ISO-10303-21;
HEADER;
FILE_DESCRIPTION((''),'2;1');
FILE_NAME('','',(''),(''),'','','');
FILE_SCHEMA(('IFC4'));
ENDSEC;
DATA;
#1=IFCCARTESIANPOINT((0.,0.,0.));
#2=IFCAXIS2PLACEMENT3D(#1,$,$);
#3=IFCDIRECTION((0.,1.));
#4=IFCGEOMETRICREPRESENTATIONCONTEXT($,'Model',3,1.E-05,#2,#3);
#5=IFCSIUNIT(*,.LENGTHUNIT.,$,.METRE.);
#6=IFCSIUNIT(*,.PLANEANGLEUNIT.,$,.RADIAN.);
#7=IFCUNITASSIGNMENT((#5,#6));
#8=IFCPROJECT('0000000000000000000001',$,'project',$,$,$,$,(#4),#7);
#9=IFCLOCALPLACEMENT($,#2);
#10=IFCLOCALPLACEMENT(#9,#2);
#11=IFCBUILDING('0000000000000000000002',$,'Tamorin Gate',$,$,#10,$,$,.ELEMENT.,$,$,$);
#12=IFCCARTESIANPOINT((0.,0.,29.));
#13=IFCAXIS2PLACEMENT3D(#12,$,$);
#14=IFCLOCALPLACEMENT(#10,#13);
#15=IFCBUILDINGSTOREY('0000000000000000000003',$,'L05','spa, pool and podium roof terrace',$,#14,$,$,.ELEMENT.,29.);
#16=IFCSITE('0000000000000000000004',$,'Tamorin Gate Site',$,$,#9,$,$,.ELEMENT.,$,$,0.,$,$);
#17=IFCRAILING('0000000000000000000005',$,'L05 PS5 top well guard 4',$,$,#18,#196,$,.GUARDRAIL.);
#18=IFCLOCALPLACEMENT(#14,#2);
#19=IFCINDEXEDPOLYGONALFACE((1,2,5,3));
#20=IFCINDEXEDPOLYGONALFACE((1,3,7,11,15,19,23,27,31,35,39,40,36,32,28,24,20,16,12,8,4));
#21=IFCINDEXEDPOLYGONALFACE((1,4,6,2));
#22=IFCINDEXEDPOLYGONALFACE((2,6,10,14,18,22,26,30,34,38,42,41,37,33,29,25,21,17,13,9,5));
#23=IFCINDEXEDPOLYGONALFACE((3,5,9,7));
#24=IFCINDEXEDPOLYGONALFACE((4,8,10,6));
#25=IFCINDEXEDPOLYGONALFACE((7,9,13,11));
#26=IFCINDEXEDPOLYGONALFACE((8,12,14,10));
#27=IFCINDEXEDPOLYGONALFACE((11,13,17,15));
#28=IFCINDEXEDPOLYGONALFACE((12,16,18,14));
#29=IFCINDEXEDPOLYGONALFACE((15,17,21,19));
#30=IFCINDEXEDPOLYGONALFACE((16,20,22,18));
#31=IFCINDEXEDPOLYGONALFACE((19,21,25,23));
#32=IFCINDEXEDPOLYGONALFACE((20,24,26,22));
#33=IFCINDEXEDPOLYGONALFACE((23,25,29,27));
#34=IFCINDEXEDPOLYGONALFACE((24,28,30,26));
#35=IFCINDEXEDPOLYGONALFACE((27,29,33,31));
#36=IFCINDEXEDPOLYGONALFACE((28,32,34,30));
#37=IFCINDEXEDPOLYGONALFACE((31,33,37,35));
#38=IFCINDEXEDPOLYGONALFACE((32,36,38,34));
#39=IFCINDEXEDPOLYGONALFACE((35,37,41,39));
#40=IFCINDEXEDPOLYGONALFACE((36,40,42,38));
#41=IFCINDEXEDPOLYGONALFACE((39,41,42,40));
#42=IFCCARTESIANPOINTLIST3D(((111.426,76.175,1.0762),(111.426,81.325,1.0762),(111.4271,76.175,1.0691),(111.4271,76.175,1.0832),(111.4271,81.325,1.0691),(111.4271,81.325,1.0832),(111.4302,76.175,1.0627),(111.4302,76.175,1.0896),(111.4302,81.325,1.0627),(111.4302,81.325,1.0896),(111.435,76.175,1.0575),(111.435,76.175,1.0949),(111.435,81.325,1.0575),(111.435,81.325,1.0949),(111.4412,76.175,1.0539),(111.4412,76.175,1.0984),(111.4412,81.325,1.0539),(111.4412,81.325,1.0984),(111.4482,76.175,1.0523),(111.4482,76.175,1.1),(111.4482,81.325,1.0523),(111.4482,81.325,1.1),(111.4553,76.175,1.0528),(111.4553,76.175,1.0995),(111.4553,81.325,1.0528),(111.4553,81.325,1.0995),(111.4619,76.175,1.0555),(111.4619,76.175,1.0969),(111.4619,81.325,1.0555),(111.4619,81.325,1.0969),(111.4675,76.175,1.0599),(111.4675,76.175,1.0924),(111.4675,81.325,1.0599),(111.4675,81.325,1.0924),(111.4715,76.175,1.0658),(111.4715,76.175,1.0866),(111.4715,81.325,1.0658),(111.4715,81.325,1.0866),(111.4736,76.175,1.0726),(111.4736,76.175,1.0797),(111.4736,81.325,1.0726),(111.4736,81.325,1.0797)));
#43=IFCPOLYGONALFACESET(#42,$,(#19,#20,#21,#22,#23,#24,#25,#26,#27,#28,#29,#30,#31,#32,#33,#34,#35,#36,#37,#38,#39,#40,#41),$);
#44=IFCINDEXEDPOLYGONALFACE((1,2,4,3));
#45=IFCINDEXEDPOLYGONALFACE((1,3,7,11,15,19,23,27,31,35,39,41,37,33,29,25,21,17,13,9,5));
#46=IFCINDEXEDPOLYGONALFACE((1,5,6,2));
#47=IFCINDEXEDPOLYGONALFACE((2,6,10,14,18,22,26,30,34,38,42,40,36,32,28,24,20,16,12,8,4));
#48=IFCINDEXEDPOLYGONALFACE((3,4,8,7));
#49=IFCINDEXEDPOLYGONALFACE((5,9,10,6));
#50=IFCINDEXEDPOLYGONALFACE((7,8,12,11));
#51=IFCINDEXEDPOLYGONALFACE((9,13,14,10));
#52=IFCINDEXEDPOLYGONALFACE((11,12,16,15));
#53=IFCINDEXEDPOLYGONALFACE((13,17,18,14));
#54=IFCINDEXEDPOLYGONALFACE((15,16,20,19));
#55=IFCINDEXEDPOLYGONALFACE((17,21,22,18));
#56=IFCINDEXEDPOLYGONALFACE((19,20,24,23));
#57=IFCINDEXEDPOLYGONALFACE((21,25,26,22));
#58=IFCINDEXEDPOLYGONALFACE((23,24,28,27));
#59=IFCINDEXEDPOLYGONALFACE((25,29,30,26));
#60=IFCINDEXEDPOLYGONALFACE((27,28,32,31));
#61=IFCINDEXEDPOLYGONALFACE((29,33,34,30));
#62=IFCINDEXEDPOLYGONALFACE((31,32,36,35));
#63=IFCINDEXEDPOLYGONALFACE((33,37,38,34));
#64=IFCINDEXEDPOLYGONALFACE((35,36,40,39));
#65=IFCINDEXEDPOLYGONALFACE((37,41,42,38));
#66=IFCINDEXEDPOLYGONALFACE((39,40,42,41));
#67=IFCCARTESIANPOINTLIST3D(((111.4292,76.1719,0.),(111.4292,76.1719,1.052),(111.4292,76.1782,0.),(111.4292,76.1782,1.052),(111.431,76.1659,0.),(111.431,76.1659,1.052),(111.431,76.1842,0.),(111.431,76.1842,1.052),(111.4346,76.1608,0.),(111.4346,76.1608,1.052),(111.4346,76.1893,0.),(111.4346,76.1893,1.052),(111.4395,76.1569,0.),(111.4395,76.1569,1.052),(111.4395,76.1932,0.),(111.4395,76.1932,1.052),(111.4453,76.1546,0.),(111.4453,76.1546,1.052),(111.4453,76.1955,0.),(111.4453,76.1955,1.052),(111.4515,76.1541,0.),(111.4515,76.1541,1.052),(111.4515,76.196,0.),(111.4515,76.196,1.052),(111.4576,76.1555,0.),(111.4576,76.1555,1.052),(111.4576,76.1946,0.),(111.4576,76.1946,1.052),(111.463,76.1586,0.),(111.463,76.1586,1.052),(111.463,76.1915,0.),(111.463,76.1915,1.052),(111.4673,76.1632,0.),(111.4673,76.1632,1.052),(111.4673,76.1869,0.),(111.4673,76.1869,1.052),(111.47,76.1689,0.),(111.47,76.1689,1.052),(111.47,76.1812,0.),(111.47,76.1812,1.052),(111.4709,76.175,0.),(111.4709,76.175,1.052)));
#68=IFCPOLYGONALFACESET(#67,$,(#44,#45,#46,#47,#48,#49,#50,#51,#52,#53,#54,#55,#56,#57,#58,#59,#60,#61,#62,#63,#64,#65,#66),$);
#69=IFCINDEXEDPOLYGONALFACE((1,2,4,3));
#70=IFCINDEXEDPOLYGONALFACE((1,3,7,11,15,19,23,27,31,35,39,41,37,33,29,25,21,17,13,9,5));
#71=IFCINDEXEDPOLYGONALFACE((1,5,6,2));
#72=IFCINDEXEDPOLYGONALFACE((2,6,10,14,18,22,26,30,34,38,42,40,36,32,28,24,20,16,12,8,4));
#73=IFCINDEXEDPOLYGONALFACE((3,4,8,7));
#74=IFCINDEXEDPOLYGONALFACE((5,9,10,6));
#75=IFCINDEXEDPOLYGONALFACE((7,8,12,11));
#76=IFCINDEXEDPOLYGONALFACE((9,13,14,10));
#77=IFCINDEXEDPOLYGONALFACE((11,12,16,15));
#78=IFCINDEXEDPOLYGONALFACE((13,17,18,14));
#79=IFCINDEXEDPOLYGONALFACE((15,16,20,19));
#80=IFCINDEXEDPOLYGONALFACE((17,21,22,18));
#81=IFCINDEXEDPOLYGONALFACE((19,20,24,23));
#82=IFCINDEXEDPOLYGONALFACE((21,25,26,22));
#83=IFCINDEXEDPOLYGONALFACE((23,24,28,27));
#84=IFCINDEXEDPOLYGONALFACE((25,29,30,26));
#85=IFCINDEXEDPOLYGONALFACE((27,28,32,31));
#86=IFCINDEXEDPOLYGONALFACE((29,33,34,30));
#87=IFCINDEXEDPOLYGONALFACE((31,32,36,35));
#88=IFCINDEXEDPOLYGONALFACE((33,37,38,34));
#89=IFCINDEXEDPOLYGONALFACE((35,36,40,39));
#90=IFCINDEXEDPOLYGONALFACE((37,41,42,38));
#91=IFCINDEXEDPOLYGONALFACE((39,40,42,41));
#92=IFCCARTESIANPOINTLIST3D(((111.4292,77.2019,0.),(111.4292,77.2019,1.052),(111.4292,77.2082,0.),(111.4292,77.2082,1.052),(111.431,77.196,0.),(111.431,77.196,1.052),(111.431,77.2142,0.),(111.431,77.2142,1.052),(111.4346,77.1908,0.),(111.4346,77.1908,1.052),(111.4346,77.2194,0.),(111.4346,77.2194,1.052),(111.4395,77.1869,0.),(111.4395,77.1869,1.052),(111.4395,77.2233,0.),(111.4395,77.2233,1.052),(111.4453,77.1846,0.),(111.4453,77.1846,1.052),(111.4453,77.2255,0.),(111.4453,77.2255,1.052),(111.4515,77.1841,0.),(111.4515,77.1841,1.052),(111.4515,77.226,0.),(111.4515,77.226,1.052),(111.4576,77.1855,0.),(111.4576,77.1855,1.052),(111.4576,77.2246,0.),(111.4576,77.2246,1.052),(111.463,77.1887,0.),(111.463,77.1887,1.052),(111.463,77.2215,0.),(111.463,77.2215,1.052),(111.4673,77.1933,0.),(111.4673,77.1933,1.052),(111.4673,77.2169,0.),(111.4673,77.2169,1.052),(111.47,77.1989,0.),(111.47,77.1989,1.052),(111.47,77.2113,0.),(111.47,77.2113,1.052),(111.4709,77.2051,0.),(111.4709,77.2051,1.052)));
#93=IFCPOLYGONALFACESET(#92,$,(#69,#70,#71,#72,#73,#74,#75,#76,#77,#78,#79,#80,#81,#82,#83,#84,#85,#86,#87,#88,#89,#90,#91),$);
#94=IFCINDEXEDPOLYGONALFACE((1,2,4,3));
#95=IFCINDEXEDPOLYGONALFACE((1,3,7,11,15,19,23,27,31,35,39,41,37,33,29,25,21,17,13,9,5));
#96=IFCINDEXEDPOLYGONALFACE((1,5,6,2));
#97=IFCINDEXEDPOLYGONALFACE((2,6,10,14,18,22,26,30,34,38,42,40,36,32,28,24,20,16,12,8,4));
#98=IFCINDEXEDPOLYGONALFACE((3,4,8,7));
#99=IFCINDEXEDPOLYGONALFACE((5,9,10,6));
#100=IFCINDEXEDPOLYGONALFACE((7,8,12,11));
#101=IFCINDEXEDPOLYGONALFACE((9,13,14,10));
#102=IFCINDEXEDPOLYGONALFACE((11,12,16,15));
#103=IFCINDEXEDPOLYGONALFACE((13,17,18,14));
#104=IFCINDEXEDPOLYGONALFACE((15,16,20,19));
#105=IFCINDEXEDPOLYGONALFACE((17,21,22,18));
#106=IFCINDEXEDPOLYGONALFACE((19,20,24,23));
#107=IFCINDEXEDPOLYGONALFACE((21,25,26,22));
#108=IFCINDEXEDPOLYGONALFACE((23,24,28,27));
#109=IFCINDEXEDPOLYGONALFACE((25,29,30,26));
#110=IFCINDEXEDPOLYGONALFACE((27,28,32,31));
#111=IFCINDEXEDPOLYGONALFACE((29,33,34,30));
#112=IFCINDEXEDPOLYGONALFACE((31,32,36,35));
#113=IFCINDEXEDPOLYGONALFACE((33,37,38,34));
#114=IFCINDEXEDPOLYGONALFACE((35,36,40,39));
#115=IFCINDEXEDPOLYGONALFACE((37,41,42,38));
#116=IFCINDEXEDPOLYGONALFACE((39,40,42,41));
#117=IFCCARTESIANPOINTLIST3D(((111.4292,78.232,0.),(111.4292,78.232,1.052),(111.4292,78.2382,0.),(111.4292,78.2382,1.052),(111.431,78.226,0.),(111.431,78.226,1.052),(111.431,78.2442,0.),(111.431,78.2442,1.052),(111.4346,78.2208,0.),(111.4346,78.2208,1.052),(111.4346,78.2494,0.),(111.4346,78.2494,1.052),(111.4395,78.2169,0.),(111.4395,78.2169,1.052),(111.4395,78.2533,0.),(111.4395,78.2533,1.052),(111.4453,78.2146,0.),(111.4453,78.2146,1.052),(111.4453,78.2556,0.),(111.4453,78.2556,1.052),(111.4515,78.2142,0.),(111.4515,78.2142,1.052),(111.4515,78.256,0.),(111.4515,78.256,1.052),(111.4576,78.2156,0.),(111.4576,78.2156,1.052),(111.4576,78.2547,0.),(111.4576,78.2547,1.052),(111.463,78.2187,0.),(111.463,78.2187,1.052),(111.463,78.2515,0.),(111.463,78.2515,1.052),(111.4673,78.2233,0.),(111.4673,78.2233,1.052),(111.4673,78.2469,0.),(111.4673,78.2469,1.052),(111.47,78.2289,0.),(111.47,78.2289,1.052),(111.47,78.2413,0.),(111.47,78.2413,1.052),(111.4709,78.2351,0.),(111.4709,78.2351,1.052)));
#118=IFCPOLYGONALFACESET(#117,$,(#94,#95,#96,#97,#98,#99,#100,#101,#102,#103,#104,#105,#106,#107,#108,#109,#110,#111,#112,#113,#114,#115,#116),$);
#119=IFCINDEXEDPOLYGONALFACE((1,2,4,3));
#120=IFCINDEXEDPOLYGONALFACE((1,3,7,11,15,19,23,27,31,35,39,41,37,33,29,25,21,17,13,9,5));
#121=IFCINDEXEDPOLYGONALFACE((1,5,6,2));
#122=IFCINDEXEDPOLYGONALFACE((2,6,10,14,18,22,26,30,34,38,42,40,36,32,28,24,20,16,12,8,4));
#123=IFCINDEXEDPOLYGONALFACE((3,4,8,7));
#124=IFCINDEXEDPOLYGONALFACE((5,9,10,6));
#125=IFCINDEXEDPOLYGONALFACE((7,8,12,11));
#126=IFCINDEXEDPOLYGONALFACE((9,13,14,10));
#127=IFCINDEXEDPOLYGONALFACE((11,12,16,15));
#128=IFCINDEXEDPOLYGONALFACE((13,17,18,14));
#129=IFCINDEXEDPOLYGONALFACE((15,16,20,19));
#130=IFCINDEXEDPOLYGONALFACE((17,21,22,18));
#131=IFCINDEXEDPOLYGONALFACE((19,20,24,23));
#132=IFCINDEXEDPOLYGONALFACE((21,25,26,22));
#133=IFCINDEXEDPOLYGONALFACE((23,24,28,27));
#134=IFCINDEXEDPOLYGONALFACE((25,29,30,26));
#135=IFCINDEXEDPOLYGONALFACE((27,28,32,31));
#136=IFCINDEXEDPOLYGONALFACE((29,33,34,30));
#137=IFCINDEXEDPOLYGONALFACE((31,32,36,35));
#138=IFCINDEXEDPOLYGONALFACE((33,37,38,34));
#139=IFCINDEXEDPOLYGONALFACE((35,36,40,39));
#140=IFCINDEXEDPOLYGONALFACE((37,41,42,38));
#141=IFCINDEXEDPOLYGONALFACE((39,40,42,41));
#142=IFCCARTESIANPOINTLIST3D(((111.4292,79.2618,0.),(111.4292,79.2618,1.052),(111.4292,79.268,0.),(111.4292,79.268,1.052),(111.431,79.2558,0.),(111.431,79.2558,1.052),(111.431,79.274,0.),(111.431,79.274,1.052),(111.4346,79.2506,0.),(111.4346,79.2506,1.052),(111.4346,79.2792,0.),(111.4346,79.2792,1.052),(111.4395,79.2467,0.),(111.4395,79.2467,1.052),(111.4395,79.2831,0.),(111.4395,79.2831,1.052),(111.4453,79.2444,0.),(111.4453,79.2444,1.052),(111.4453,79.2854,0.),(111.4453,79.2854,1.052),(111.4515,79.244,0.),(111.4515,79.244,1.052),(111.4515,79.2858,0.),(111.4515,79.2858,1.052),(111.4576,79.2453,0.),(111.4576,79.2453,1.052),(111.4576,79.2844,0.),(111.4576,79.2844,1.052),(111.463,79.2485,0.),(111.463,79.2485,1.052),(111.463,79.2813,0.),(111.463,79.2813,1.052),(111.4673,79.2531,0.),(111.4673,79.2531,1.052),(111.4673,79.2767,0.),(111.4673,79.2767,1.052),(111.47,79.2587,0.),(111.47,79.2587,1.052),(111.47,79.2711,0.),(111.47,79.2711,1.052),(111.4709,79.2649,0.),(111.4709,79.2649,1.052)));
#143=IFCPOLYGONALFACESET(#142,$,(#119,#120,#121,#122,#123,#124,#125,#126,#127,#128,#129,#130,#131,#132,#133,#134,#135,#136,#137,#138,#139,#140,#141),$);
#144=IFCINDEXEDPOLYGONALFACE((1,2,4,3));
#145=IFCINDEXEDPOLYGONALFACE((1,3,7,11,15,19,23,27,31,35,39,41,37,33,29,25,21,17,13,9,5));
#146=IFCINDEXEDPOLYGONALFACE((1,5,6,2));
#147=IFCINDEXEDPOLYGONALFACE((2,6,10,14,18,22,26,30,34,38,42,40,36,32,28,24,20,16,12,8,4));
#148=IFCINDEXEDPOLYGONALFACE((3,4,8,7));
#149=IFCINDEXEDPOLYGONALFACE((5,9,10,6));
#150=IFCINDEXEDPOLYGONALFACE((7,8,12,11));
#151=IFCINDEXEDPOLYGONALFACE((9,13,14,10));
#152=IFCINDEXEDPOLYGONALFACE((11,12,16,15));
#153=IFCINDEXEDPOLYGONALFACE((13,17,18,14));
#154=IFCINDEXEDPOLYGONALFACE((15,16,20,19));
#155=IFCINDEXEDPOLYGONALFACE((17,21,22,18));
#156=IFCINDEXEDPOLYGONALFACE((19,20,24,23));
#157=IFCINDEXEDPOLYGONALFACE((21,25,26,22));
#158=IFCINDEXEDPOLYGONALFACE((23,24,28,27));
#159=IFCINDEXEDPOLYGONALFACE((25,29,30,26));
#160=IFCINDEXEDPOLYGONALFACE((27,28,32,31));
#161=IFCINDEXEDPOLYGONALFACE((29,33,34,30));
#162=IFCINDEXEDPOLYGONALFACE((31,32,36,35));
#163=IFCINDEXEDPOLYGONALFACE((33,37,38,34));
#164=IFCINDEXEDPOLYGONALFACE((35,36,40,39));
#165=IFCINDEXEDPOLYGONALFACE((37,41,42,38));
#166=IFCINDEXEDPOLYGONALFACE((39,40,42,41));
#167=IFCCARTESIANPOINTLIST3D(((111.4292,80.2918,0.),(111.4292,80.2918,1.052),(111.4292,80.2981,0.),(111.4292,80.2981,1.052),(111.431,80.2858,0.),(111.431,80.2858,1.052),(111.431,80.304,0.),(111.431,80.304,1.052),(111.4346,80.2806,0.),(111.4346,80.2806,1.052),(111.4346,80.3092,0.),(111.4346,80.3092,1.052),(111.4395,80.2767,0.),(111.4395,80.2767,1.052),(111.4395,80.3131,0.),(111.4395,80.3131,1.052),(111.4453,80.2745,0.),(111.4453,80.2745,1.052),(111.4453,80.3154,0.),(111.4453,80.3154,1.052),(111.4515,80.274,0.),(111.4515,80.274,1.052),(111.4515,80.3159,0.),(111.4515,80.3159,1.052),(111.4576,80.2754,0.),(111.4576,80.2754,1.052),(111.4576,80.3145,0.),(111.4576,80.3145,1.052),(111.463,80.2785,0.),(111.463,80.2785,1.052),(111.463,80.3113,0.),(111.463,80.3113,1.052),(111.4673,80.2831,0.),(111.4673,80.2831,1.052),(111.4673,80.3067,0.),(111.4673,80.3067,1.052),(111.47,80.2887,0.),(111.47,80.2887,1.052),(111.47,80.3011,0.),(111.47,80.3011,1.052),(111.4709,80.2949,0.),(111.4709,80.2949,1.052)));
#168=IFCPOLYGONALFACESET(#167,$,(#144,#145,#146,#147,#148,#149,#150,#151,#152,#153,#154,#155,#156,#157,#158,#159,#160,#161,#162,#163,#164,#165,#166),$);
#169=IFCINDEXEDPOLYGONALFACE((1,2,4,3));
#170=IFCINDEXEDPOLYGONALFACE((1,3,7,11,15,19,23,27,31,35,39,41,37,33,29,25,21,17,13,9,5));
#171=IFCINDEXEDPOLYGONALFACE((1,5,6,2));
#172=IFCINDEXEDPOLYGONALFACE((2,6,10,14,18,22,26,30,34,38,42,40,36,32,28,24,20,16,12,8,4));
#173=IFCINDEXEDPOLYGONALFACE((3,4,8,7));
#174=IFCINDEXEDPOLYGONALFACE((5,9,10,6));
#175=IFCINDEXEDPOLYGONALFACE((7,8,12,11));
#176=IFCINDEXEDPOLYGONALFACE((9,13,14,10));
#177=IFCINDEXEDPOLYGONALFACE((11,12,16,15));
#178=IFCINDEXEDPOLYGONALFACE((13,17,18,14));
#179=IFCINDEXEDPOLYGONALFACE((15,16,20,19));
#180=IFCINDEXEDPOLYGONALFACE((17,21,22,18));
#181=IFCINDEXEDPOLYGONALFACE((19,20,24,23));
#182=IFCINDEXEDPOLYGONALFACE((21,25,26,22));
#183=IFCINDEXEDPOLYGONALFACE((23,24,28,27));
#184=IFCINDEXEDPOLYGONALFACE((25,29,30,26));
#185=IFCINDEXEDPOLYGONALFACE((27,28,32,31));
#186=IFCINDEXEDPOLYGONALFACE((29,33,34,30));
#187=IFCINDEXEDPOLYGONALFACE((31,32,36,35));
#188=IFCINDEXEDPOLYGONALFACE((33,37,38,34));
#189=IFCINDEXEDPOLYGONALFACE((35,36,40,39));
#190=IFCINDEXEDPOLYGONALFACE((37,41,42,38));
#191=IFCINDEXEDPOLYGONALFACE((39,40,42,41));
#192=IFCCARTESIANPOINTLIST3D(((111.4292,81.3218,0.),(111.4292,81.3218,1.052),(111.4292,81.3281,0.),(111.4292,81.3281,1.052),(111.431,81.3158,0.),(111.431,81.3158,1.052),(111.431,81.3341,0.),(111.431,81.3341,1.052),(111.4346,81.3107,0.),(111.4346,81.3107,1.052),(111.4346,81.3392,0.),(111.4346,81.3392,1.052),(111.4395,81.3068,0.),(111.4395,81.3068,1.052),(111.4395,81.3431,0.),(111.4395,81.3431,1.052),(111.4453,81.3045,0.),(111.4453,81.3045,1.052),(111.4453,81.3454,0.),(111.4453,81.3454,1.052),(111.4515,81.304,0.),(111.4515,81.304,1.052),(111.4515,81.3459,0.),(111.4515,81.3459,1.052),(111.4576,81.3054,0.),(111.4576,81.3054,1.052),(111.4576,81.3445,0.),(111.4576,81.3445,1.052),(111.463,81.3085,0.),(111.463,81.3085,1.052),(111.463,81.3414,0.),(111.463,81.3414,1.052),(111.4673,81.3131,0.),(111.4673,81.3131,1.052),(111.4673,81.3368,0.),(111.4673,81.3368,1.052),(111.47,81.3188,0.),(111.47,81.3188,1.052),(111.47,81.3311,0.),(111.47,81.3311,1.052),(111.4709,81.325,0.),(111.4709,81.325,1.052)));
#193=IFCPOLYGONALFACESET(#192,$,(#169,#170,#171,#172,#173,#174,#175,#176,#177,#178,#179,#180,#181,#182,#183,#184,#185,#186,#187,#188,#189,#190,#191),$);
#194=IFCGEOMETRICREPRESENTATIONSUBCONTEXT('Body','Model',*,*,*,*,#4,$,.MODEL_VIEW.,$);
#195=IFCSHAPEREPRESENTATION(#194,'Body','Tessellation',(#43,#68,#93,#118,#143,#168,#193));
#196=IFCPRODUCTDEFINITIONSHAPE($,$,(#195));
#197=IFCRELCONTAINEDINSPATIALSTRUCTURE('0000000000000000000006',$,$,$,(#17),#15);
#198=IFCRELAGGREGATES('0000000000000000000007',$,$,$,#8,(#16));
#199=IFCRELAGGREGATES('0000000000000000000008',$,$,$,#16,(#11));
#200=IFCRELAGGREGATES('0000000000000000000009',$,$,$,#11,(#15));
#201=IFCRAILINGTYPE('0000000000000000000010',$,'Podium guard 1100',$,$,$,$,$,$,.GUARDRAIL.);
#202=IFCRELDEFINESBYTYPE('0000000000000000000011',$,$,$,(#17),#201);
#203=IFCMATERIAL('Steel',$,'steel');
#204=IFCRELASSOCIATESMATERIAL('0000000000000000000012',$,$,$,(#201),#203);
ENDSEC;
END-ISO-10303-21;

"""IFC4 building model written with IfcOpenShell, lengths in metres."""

from ifc_helpers import new_model, si_unit, direction, frame, origin, origin_2d, place, context, subcontext, project, spatial, circle, extrude, material, type_object, element, save


model = new_model("IFC4")

# Units and contexts
model_context = context("Model", 3, precision=1e-05, world=origin(), true_north=direction((0.0, 1.0)))
body_context = subcontext(model_context, "Body", "Model", "MODEL_VIEW")
ifc_project = project(units=[si_unit("LENGTHUNIT", "METRE"), si_unit("PLANEANGLEUNIT", "RADIAN")], contexts=[model_context])

# Site, building, storey
site_placement = place(None, origin())
site = spatial("IfcSite", under=ifc_project, at=site_placement, Name="Tamorin Gate Site", CompositionType="ELEMENT", RefElevation=0.0)
building_placement = place(site_placement, origin())
building = spatial("IfcBuilding", under=site, at=building_placement, Name="Tamorin Gate", CompositionType="ELEMENT")
storey_placement = place(building_placement, frame((0.0, 0.0, 29.0)))
storey = spatial("IfcBuildingStorey", under=building, at=storey_placement, Name="L05", Description="spa, pool and podium roof terrace", CompositionType="ELEMENT", Elevation=29.0)

# Railing
ifc_material_1 = material(Name="Steel", Category="steel")
railing_type = type_object("IfcRailingType", Name="Podium guard 1100", PredefinedType="GUARDRAIL", material=ifc_material_1)
for number, where, name in (
    (1, (111.45, 76.175, 0.0), "L05 PS5 top well guard 4"),
):
    element("IfcRailing", number, at=place(storey_placement, frame(where)), inside=storey, type_object=railing_type, Name=name, PredefinedType="GUARDRAIL", context=body_context, shape_type="SweptSolid", body=[
        extrude(circle(Radius=0.0239, at=origin_2d()), frame((0.0, 0.0, 1.0762), z_axis=(0.0, 1.0, 0.0), x_axis=(-1.0, 0.0, 0.0)), (0.0, 0.0, 1.0), 5.1499),
        extrude(circle(Radius=0.021, at=origin_2d()), origin(), (0.0, 0.0, 1.0), 1.052),
        extrude(circle(Radius=0.021, at=origin_2d()), frame((0.0, 1.03, 0.0)), (0.0, 0.0, 1.0), 1.052),
        extrude(circle(Radius=0.021, at=origin_2d()), frame((0.0, 2.0601, 0.0)), (0.0, 0.0, 1.0), 1.052),
        extrude(circle(Radius=0.021, at=origin_2d()), frame((0.0, 3.0898, 0.0)), (0.0, 0.0, 1.0), 1.052),
        extrude(circle(Radius=0.021, at=origin_2d()), frame((0.0, 4.1199, 0.0)), (0.0, 0.0, 1.0), 1.052),
        extrude(circle(Radius=0.021, at=origin_2d()), frame((0.0, 5.1499, 0.0)), (0.0, 0.0, 1.0), 1.052),
    ])

save(model, "model.ifc")
